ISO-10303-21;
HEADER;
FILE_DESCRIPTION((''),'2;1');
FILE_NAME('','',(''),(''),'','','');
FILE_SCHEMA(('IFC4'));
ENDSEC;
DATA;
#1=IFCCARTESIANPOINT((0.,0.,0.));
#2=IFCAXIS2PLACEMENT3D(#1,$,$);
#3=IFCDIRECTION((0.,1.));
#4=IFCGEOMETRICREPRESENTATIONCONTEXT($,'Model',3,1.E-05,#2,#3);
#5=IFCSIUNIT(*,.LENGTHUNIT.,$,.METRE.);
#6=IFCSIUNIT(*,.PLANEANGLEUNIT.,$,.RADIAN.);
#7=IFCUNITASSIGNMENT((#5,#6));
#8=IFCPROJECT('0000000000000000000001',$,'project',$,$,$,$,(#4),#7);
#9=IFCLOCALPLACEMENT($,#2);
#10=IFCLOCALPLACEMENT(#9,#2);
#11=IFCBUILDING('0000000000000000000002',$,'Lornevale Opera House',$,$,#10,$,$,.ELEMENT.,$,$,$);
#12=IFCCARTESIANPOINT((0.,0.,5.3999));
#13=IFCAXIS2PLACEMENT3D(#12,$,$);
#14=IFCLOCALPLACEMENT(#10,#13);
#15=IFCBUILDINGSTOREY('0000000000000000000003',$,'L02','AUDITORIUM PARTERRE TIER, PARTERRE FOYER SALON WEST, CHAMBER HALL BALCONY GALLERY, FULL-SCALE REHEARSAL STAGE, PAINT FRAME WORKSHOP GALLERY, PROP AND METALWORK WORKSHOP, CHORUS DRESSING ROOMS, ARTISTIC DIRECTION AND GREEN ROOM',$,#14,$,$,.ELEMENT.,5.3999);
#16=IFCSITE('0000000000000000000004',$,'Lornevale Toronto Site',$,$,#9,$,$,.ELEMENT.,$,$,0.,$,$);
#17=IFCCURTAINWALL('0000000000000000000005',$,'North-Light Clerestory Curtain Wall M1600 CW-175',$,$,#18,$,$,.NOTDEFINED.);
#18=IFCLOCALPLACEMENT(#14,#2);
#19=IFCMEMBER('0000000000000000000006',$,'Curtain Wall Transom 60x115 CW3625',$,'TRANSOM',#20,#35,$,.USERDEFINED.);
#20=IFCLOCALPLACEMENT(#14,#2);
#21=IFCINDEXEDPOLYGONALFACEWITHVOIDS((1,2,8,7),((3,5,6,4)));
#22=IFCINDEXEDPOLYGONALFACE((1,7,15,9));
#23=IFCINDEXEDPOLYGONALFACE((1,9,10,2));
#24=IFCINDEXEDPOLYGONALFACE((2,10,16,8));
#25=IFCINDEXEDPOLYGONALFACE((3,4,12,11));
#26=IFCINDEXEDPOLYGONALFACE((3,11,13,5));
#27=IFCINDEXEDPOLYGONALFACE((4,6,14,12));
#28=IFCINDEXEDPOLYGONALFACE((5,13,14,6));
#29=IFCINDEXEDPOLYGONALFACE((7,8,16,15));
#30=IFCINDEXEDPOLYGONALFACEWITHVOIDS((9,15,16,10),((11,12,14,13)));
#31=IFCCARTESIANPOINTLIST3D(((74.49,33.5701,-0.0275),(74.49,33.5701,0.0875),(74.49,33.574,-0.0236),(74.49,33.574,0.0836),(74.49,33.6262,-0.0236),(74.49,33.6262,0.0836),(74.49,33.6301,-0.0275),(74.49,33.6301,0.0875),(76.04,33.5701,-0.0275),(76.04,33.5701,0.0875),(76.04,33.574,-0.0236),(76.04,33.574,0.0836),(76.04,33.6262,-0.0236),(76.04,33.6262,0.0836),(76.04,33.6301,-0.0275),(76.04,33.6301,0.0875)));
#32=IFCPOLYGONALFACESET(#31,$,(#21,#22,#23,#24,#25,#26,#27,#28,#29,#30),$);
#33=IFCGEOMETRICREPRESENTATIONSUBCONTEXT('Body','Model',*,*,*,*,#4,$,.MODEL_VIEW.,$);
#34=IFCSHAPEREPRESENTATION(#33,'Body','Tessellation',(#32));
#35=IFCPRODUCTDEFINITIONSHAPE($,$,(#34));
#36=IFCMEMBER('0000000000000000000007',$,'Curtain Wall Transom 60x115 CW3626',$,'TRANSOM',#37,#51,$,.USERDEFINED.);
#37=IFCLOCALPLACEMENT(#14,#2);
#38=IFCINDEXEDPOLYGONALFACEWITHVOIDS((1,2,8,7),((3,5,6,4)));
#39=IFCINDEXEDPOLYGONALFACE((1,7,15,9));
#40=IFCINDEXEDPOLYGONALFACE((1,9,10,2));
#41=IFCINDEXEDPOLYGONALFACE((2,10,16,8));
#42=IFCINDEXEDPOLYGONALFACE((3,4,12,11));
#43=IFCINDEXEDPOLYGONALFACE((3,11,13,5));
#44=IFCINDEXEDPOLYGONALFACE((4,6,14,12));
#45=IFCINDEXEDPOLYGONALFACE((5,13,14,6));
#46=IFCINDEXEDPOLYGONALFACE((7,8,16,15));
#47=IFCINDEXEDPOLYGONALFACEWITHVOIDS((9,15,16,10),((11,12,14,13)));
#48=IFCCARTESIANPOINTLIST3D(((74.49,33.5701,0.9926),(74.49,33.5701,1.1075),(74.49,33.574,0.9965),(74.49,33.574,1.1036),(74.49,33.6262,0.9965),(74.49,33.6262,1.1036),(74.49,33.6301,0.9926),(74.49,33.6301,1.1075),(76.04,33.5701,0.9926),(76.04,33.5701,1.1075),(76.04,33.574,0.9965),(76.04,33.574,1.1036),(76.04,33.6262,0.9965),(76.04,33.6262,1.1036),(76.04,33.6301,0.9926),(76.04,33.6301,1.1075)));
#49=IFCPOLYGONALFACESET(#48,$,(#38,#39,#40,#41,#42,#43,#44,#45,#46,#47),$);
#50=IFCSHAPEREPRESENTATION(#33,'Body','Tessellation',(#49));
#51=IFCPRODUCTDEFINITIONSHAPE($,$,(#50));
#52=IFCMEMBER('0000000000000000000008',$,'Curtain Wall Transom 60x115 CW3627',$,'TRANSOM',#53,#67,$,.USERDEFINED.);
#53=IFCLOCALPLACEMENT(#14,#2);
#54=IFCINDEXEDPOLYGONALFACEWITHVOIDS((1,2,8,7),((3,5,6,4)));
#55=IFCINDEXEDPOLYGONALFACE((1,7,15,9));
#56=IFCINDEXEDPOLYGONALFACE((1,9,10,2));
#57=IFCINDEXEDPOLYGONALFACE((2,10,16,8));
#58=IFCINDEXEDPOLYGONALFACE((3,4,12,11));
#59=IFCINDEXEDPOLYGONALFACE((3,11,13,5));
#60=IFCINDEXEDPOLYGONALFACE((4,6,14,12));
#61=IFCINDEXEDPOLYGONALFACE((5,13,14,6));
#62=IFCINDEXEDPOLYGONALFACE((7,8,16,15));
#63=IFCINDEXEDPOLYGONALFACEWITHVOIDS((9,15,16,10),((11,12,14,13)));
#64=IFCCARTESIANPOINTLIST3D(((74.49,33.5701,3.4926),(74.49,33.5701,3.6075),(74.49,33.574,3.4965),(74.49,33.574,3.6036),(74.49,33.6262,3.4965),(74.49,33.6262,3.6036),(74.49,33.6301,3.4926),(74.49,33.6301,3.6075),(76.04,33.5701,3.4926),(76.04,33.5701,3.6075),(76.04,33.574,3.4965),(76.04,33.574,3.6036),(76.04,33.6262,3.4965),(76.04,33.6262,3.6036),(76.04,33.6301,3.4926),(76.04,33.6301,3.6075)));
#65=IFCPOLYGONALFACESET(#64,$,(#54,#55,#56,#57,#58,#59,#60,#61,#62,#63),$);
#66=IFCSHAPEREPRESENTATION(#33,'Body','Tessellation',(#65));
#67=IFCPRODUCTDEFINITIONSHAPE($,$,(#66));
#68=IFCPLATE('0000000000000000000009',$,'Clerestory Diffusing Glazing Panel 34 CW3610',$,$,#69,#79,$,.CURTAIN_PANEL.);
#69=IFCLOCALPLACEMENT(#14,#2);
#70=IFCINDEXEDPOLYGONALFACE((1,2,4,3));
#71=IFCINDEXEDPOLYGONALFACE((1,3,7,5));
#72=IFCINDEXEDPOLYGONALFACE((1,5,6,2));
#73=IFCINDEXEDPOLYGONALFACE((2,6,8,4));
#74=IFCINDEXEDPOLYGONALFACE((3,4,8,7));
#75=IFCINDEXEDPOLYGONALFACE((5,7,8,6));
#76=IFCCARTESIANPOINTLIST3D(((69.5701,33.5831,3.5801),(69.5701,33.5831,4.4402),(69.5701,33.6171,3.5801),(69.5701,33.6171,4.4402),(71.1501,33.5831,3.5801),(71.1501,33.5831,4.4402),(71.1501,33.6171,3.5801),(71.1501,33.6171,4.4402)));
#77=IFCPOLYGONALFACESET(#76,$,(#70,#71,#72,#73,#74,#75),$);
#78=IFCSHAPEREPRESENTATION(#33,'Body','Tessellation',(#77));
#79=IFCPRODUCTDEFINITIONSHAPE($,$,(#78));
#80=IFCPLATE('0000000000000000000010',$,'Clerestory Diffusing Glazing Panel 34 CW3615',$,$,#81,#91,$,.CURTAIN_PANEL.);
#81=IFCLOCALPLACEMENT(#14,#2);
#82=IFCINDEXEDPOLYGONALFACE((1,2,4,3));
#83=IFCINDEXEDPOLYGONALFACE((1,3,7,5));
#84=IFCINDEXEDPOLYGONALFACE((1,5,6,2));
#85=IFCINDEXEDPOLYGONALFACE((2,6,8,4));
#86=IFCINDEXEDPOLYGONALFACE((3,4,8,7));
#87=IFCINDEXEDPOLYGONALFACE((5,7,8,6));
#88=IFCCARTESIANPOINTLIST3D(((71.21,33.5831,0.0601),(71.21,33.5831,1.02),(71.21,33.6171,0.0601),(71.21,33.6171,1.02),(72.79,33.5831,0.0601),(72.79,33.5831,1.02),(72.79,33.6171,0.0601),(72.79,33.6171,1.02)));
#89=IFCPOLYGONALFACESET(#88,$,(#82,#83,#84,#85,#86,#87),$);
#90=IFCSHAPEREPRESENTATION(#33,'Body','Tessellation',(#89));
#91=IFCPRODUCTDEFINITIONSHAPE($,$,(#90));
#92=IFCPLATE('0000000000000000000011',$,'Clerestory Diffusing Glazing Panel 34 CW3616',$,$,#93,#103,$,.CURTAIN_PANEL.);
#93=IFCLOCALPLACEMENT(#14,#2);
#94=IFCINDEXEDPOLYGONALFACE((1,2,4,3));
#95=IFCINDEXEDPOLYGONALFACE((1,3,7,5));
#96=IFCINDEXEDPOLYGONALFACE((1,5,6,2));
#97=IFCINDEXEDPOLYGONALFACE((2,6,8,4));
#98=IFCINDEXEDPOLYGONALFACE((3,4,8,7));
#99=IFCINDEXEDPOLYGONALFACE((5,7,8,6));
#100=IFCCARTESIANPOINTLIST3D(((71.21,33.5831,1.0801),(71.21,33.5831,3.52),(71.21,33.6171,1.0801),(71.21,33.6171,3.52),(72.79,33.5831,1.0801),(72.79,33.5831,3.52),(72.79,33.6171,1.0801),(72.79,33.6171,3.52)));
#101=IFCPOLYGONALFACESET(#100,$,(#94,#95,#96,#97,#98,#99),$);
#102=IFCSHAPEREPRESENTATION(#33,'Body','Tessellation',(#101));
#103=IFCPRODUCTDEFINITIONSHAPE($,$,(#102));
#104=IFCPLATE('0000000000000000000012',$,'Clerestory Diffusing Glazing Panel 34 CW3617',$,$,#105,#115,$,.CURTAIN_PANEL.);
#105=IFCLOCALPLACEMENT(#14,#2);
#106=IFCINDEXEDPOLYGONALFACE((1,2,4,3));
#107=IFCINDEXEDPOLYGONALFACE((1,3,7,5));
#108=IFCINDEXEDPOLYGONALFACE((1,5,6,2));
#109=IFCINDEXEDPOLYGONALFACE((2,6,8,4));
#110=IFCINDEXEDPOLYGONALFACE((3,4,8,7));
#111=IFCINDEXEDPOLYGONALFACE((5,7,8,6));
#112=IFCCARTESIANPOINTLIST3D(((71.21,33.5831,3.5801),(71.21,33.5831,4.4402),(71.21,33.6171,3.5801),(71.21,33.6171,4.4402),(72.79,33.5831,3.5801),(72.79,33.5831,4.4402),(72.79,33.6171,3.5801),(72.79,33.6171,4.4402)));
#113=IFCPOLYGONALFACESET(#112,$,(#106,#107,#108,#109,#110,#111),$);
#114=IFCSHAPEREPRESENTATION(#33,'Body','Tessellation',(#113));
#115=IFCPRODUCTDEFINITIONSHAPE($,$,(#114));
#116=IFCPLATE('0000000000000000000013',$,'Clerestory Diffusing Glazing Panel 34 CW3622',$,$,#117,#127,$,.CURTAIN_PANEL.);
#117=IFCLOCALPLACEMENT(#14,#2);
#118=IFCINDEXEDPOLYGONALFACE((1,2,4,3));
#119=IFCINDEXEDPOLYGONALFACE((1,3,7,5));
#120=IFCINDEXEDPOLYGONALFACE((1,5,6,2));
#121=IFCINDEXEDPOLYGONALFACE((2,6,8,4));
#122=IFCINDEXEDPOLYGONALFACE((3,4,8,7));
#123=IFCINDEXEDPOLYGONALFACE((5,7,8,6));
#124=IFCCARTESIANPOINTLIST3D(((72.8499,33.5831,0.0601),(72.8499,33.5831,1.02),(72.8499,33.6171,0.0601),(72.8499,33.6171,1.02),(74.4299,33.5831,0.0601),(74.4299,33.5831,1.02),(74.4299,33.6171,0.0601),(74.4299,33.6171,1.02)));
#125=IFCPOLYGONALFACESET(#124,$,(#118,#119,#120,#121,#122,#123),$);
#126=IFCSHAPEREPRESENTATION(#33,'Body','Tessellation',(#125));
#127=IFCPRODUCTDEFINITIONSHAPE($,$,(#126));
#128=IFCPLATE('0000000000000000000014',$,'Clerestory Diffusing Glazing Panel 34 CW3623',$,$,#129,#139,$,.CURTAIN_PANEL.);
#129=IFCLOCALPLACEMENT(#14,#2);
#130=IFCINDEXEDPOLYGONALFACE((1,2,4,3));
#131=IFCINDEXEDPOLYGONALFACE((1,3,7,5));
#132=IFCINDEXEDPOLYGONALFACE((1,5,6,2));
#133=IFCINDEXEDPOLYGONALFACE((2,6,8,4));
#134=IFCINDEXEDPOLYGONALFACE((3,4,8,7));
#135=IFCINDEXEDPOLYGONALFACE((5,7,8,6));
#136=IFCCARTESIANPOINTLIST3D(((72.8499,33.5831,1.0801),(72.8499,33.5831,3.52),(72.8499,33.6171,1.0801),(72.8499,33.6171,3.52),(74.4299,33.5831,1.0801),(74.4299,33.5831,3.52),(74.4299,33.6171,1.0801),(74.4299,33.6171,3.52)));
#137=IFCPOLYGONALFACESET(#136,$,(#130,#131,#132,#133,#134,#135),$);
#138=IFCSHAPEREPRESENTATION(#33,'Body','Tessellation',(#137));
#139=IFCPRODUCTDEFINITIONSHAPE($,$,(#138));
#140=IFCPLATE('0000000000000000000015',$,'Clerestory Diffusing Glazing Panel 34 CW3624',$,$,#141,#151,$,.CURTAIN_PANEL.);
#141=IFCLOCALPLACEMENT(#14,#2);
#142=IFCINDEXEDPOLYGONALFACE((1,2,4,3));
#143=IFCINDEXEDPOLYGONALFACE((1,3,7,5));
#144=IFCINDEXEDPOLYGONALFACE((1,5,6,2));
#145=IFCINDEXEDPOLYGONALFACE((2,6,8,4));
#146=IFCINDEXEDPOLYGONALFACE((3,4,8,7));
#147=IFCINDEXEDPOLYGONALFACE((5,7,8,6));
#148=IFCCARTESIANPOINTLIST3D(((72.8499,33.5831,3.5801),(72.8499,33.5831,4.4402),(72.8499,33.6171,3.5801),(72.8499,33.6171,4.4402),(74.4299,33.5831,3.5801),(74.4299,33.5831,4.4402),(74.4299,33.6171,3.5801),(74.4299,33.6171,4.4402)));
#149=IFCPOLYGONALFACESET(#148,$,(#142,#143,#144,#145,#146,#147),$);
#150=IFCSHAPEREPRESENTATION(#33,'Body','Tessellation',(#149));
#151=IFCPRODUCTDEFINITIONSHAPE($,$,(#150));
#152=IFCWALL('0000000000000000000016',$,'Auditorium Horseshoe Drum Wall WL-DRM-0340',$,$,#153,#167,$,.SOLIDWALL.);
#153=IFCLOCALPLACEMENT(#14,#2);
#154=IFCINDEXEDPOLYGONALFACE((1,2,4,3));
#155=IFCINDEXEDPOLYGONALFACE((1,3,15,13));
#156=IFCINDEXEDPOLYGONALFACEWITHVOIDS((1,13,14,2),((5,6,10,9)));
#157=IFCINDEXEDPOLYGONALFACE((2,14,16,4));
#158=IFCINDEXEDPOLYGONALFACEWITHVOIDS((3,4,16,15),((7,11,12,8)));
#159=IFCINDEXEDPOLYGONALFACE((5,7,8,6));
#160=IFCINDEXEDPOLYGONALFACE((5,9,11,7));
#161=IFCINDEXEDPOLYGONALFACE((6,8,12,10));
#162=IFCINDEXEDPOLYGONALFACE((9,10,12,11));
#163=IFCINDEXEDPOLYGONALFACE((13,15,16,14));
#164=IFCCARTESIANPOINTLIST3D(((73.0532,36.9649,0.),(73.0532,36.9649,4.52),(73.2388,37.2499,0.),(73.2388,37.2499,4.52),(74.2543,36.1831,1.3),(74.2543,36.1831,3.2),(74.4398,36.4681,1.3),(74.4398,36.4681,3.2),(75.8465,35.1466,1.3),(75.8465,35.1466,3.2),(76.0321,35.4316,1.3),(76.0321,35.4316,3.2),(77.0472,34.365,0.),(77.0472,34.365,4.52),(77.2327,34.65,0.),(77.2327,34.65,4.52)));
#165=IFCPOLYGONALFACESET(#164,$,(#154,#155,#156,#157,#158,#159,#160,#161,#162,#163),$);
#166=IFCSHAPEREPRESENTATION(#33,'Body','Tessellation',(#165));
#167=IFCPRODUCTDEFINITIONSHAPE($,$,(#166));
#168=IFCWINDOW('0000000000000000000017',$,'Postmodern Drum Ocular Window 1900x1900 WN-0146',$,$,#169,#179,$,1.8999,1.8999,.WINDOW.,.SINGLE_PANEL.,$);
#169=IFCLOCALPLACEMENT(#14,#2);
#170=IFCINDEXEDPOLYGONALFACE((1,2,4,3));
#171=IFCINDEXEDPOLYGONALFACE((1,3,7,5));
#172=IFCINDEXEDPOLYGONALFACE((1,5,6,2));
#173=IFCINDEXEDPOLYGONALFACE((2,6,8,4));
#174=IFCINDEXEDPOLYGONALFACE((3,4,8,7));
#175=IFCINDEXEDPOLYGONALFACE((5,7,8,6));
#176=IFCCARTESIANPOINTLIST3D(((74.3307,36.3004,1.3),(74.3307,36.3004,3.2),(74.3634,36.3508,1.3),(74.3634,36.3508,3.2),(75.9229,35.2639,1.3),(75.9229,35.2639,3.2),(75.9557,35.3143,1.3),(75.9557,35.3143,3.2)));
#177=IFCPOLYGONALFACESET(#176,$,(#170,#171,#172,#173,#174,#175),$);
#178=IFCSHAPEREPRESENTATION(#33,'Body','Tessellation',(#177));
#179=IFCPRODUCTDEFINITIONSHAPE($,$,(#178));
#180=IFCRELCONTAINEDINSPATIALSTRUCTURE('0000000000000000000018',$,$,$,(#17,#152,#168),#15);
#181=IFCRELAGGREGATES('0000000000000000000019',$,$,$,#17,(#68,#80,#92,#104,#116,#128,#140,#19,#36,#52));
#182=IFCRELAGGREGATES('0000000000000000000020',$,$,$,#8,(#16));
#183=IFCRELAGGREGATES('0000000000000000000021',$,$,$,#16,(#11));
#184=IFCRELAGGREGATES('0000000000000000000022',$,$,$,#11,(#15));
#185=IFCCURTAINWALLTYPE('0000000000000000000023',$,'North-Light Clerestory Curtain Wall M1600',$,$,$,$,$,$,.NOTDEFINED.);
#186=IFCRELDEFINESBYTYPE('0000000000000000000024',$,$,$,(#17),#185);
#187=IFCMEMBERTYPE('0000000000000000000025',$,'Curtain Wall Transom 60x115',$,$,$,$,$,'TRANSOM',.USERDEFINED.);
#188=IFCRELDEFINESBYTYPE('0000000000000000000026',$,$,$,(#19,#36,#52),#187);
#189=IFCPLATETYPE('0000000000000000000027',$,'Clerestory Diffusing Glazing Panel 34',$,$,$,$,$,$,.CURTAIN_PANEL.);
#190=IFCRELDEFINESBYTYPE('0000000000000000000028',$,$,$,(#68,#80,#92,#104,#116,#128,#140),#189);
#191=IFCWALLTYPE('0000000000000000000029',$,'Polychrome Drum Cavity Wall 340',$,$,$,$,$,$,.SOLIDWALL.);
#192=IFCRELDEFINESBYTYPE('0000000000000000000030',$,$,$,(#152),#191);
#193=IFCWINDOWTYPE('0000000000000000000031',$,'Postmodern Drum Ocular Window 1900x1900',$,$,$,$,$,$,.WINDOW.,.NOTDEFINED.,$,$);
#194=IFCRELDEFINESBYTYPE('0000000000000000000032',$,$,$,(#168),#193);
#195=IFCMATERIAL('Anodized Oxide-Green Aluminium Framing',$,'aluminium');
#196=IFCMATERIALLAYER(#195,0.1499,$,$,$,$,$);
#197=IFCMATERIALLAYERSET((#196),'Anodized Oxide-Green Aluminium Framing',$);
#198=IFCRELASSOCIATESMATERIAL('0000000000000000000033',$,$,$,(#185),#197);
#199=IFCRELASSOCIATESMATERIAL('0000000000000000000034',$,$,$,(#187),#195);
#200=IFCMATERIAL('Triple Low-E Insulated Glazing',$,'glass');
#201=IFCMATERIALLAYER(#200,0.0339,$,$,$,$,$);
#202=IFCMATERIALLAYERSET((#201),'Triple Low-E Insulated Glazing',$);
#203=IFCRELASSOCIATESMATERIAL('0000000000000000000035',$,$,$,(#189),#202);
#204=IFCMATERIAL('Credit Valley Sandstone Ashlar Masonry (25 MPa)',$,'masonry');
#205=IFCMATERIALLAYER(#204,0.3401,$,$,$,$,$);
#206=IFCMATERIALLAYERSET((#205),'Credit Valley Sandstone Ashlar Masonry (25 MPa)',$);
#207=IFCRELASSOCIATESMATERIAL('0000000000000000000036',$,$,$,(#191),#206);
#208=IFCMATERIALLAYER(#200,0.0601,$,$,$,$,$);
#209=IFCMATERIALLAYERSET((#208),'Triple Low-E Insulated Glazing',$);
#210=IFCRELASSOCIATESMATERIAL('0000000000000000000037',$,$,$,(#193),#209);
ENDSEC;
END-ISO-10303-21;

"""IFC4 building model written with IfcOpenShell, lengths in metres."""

from ifc_helpers import new_model, si_unit, direction, frame, frame_2d, origin, origin_2d, place, context, subcontext, project, spatial, rectangle, hollow_rectangle, extrude, material, layer, layer_set, material_profile, profile_set, type_object, element, fill, aggregate, save


model = new_model("IFC4")

# Units and contexts
model_context = context("Model", 3, precision=1e-05, world=origin(), true_north=direction((0.0, 1.0)))
body_context = subcontext(model_context, "Body", "Model", "MODEL_VIEW")
ifc_project = project(units=[si_unit("LENGTHUNIT", "METRE"), si_unit("PLANEANGLEUNIT", "RADIAN")], contexts=[model_context])

# Site, building, storey
site_placement = place(None, origin())
site = spatial("IfcSite", under=ifc_project, at=site_placement, Name="Lornevale Toronto Site", CompositionType="ELEMENT", RefElevation=0.0)
building_placement = place(site_placement, origin())
building = spatial("IfcBuilding", under=site, at=building_placement, Name="Lornevale Opera House", CompositionType="ELEMENT")
storey_placement = place(building_placement, frame((0.0, 0.0, 5.3999)))
storey = spatial("IfcBuildingStorey", under=building, at=storey_placement, Name="L02", Description="AUDITORIUM PARTERRE TIER, PARTERRE FOYER SALON WEST, CHAMBER HALL BALCONY GALLERY, FULL-SCALE REHEARSAL STAGE, PAINT FRAME WORKSHOP GALLERY, PROP AND METALWORK WORKSHOP, CHORUS DRESSING ROOMS, ARTISTIC DIRECTION AND GREEN ROOM", CompositionType="ELEMENT", Elevation=5.3999)

# Curtain wall, members, plates
ifc_material_1 = material(Name="Anodized Oxide-Green Aluminium Framing", Category="aluminium")
ifc_layer_1 = layer(ifc_material_1, 0.1499)
ifc_layer_set_1 = layer_set([ifc_layer_1], Name="Anodized Oxide-Green Aluminium Framing")
curtain_wall_type = type_object("IfcCurtainWallType", Name="North-Light Clerestory Curtain Wall M1600", PredefinedType="NOTDEFINED", material=ifc_layer_set_1)
curtain_wall_placement = place(storey_placement, origin())
curtain_wall = element("IfcCurtainWall", 1, at=curtain_wall_placement, inside=storey, type_object=curtain_wall_type, Name="North-Light Clerestory Curtain Wall M1600 CW-175", PredefinedType="NOTDEFINED")
ifc_material_profile_1 = material_profile(ifc_material_1, hollow_rectangle(XDim=0.0601, YDim=0.115, WallThickness=0.0039, at=origin_2d()), Name="ALU60x115x4")
ifc_profile_set_1 = profile_set([ifc_material_profile_1], Name="Anodized Oxide-Green Aluminium Framing")
member_type_1 = type_object("IfcMemberType", Name="Curtain Wall Transom 60x115", ElementType="TRANSOM", PredefinedType="USERDEFINED", material=ifc_profile_set_1)
member_1_placement = place(storey_placement, frame((74.49, 33.6001, 0.03), z_axis=(1.0, 0.0, 0.0), x_axis=(0.0, 1.0, 0.0)))
member_1 = element("IfcMember", 2, at=member_1_placement, type_object=member_type_1, Name="Curtain Wall Transom 60x115 CW3625", ObjectType="TRANSOM", PredefinedType="USERDEFINED", context=body_context, shape_type="SweptSolid", body=[
    extrude(hollow_rectangle(XDim=0.0601, YDim=0.115, WallThickness=0.0039, at=origin_2d()), origin(), (0.0, 0.0, 1.0), 1.55),
])
member_2_placement = place(storey_placement, frame((74.49, 33.6001, 1.05), z_axis=(1.0, 0.0, 0.0), x_axis=(0.0, 1.0, 0.0)))
member_2 = element("IfcMember", 3, at=member_2_placement, type_object=member_type_1, Name="Curtain Wall Transom 60x115 CW3626", ObjectType="TRANSOM", PredefinedType="USERDEFINED", context=body_context, shape_type="SweptSolid", body=[
    extrude(hollow_rectangle(XDim=0.0601, YDim=0.115, WallThickness=0.0039, at=origin_2d()), origin(), (0.0, 0.0, 1.0), 1.55),
])
member_3_placement = place(storey_placement, frame((74.49, 33.6001, 3.55), z_axis=(1.0, 0.0, 0.0), x_axis=(0.0, 1.0, 0.0)))
member_3 = element("IfcMember", 4, at=member_3_placement, type_object=member_type_1, Name="Curtain Wall Transom 60x115 CW3627", ObjectType="TRANSOM", PredefinedType="USERDEFINED", context=body_context, shape_type="SweptSolid", body=[
    extrude(hollow_rectangle(XDim=0.0601, YDim=0.115, WallThickness=0.0039, at=origin_2d()), origin(), (0.0, 0.0, 1.0), 1.55),
])
ifc_material_2 = material(Name="Triple Low-E Insulated Glazing", Category="glass")
ifc_layer_2 = layer(ifc_material_2, 0.0339)
ifc_layer_set_2 = layer_set([ifc_layer_2], Name="Triple Low-E Insulated Glazing")
plate_type = type_object("IfcPlateType", Name="Clerestory Diffusing Glazing Panel 34", PredefinedType="CURTAIN_PANEL", material=ifc_layer_set_2)
plate_1_placement = place(storey_placement, frame((70.3601, 33.6001, 3.5801), z_axis=(0.0, 0.0, 1.0), x_axis=(1.0, 0.0, 0.0)))
plate_1 = element("IfcPlate", 5, at=plate_1_placement, type_object=plate_type, Name="Clerestory Diffusing Glazing Panel 34 CW3610", PredefinedType="CURTAIN_PANEL", context=body_context, shape_type="SweptSolid", body=[
    extrude(rectangle(XDim=1.5801, YDim=0.0339, at=origin_2d()), origin(), (0.0, 0.0, 1.0), 0.8601),
])
plate_2_placement = place(storey_placement, frame((72.0, 33.6001, 0.0601), z_axis=(0.0, 0.0, 1.0), x_axis=(1.0, 0.0, 0.0)))
plate_2 = element("IfcPlate", 6, at=plate_2_placement, type_object=plate_type, Name="Clerestory Diffusing Glazing Panel 34 CW3615", PredefinedType="CURTAIN_PANEL", context=body_context, shape_type="SweptSolid", body=[
    extrude(rectangle(XDim=1.5801, YDim=0.0339, at=origin_2d()), origin(), (0.0, 0.0, 1.0), 0.96),
])
plate_3_placement = place(storey_placement, frame((72.0, 33.6001, 1.0801), z_axis=(0.0, 0.0, 1.0), x_axis=(1.0, 0.0, 0.0)))
plate_3 = element("IfcPlate", 7, at=plate_3_placement, type_object=plate_type, Name="Clerestory Diffusing Glazing Panel 34 CW3616", PredefinedType="CURTAIN_PANEL", context=body_context, shape_type="SweptSolid", body=[
    extrude(rectangle(XDim=1.5801, YDim=0.0339, at=origin_2d()), origin(), (0.0, 0.0, 1.0), 2.4399),
])
plate_4_placement = place(storey_placement, frame((72.0, 33.6001, 3.5801), z_axis=(0.0, 0.0, 1.0), x_axis=(1.0, 0.0, 0.0)))
plate_4 = element("IfcPlate", 8, at=plate_4_placement, type_object=plate_type, Name="Clerestory Diffusing Glazing Panel 34 CW3617", PredefinedType="CURTAIN_PANEL", context=body_context, shape_type="SweptSolid", body=[
    extrude(rectangle(XDim=1.5801, YDim=0.0339, at=origin_2d()), origin(), (0.0, 0.0, 1.0), 0.8601),
])
plate_5_placement = place(storey_placement, frame((73.6399, 33.6001, 0.0601), z_axis=(0.0, 0.0, 1.0), x_axis=(1.0, 0.0, 0.0)))
plate_5 = element("IfcPlate", 9, at=plate_5_placement, type_object=plate_type, Name="Clerestory Diffusing Glazing Panel 34 CW3622", PredefinedType="CURTAIN_PANEL", context=body_context, shape_type="SweptSolid", body=[
    extrude(rectangle(XDim=1.5801, YDim=0.0339, at=origin_2d()), origin(), (0.0, 0.0, 1.0), 0.96),
])
plate_6_placement = place(storey_placement, frame((73.6399, 33.6001, 1.0801), z_axis=(0.0, 0.0, 1.0), x_axis=(1.0, 0.0, 0.0)))
plate_6 = element("IfcPlate", 10, at=plate_6_placement, type_object=plate_type, Name="Clerestory Diffusing Glazing Panel 34 CW3623", PredefinedType="CURTAIN_PANEL", context=body_context, shape_type="SweptSolid", body=[
    extrude(rectangle(XDim=1.5801, YDim=0.0339, at=origin_2d()), origin(), (0.0, 0.0, 1.0), 2.4399),
])
plate_7_placement = place(storey_placement, frame((73.6399, 33.6001, 3.5801), z_axis=(0.0, 0.0, 1.0), x_axis=(1.0, 0.0, 0.0)))
plate_7 = element("IfcPlate", 11, at=plate_7_placement, type_object=plate_type, Name="Clerestory Diffusing Glazing Panel 34 CW3624", PredefinedType="CURTAIN_PANEL", context=body_context, shape_type="SweptSolid", body=[
    extrude(rectangle(XDim=1.5801, YDim=0.0339, at=origin_2d()), origin(), (0.0, 0.0, 1.0), 0.8601),
])
aggregate(curtain_wall, [plate_1, plate_2, plate_3, plate_4, plate_5, plate_6, plate_7, member_1, member_2, member_3])

# Wall, opening, window
ifc_material_3 = material(Name="Credit Valley Sandstone Ashlar Masonry (25 MPa)", Category="masonry")
ifc_layer_3 = layer(ifc_material_3, 0.3401)
ifc_layer_set_3 = layer_set([ifc_layer_3], Name="Credit Valley Sandstone Ashlar Masonry (25 MPa)")
wall_type = type_object("IfcWallType", Name="Polychrome Drum Cavity Wall 340", PredefinedType="SOLIDWALL", material=ifc_layer_set_3)
wall_placement = place(storey_placement, frame((73.146, 37.1074, 0.0), z_axis=(0.0, 0.0, 1.0), x_axis=(0.838077, -0.545552, 0.0)))
wall = element("IfcWall", 12, at=wall_placement, inside=storey, type_object=wall_type, Name="Auditorium Horseshoe Drum Wall WL-DRM-0340", PredefinedType="SOLIDWALL", context=body_context, shape_type="SweptSolid", body=[
    extrude(rectangle(XDim=4.7656, YDim=0.3401, at=frame_2d((2.3828, 0.0))), origin(), (0.0, 0.0, 1.0), 4.52),
])
opening_placement = place(wall_placement, frame((1.4331, 0.0, 1.3)))
opening = element("IfcOpeningElement", 13, at=opening_placement, cuts=wall, PredefinedType="OPENING", context=body_context, shape_type="SweptSolid", body=[
    extrude(rectangle(XDim=1.8999, YDim=1.8999, at=frame_2d((0.95, 0.95))), frame((0.0, 0.1799, 0.0), z_axis=(0.0, -1.0, 0.0), x_axis=(1.0, 0.0, 0.0)), (0.0, 0.0, 1.0), 0.3601),
])
ifc_layer_4 = layer(ifc_material_2, 0.0601)
ifc_layer_set_4 = layer_set([ifc_layer_4], Name="Triple Low-E Insulated Glazing")
window_type = type_object("IfcWindowType", Name="Postmodern Drum Ocular Window 1900x1900", PartitioningType="NOTDEFINED", PredefinedType="WINDOW", material=ifc_layer_set_4)
window_placement = place(opening_placement, origin())
window = element("IfcWindow", 14, at=window_placement, inside=storey, type_object=window_type, Name="Postmodern Drum Ocular Window 1900x1900 WN-0146", OverallHeight=1.8999, OverallWidth=1.8999, PartitioningType="SINGLE_PANEL", PredefinedType="WINDOW", context=body_context, shape_type="SweptSolid", body=[
    extrude(rectangle(XDim=1.8999, YDim=1.8999, at=frame_2d((0.95, 0.95))), frame((0.0, 0.03, 0.0), z_axis=(0.0, -1.0, 0.0), x_axis=(1.0, 0.0, 0.0)), (0.0, 0.0, 1.0), 0.0601),
])
fill(opening, window)

save(model, "model.ifc")
